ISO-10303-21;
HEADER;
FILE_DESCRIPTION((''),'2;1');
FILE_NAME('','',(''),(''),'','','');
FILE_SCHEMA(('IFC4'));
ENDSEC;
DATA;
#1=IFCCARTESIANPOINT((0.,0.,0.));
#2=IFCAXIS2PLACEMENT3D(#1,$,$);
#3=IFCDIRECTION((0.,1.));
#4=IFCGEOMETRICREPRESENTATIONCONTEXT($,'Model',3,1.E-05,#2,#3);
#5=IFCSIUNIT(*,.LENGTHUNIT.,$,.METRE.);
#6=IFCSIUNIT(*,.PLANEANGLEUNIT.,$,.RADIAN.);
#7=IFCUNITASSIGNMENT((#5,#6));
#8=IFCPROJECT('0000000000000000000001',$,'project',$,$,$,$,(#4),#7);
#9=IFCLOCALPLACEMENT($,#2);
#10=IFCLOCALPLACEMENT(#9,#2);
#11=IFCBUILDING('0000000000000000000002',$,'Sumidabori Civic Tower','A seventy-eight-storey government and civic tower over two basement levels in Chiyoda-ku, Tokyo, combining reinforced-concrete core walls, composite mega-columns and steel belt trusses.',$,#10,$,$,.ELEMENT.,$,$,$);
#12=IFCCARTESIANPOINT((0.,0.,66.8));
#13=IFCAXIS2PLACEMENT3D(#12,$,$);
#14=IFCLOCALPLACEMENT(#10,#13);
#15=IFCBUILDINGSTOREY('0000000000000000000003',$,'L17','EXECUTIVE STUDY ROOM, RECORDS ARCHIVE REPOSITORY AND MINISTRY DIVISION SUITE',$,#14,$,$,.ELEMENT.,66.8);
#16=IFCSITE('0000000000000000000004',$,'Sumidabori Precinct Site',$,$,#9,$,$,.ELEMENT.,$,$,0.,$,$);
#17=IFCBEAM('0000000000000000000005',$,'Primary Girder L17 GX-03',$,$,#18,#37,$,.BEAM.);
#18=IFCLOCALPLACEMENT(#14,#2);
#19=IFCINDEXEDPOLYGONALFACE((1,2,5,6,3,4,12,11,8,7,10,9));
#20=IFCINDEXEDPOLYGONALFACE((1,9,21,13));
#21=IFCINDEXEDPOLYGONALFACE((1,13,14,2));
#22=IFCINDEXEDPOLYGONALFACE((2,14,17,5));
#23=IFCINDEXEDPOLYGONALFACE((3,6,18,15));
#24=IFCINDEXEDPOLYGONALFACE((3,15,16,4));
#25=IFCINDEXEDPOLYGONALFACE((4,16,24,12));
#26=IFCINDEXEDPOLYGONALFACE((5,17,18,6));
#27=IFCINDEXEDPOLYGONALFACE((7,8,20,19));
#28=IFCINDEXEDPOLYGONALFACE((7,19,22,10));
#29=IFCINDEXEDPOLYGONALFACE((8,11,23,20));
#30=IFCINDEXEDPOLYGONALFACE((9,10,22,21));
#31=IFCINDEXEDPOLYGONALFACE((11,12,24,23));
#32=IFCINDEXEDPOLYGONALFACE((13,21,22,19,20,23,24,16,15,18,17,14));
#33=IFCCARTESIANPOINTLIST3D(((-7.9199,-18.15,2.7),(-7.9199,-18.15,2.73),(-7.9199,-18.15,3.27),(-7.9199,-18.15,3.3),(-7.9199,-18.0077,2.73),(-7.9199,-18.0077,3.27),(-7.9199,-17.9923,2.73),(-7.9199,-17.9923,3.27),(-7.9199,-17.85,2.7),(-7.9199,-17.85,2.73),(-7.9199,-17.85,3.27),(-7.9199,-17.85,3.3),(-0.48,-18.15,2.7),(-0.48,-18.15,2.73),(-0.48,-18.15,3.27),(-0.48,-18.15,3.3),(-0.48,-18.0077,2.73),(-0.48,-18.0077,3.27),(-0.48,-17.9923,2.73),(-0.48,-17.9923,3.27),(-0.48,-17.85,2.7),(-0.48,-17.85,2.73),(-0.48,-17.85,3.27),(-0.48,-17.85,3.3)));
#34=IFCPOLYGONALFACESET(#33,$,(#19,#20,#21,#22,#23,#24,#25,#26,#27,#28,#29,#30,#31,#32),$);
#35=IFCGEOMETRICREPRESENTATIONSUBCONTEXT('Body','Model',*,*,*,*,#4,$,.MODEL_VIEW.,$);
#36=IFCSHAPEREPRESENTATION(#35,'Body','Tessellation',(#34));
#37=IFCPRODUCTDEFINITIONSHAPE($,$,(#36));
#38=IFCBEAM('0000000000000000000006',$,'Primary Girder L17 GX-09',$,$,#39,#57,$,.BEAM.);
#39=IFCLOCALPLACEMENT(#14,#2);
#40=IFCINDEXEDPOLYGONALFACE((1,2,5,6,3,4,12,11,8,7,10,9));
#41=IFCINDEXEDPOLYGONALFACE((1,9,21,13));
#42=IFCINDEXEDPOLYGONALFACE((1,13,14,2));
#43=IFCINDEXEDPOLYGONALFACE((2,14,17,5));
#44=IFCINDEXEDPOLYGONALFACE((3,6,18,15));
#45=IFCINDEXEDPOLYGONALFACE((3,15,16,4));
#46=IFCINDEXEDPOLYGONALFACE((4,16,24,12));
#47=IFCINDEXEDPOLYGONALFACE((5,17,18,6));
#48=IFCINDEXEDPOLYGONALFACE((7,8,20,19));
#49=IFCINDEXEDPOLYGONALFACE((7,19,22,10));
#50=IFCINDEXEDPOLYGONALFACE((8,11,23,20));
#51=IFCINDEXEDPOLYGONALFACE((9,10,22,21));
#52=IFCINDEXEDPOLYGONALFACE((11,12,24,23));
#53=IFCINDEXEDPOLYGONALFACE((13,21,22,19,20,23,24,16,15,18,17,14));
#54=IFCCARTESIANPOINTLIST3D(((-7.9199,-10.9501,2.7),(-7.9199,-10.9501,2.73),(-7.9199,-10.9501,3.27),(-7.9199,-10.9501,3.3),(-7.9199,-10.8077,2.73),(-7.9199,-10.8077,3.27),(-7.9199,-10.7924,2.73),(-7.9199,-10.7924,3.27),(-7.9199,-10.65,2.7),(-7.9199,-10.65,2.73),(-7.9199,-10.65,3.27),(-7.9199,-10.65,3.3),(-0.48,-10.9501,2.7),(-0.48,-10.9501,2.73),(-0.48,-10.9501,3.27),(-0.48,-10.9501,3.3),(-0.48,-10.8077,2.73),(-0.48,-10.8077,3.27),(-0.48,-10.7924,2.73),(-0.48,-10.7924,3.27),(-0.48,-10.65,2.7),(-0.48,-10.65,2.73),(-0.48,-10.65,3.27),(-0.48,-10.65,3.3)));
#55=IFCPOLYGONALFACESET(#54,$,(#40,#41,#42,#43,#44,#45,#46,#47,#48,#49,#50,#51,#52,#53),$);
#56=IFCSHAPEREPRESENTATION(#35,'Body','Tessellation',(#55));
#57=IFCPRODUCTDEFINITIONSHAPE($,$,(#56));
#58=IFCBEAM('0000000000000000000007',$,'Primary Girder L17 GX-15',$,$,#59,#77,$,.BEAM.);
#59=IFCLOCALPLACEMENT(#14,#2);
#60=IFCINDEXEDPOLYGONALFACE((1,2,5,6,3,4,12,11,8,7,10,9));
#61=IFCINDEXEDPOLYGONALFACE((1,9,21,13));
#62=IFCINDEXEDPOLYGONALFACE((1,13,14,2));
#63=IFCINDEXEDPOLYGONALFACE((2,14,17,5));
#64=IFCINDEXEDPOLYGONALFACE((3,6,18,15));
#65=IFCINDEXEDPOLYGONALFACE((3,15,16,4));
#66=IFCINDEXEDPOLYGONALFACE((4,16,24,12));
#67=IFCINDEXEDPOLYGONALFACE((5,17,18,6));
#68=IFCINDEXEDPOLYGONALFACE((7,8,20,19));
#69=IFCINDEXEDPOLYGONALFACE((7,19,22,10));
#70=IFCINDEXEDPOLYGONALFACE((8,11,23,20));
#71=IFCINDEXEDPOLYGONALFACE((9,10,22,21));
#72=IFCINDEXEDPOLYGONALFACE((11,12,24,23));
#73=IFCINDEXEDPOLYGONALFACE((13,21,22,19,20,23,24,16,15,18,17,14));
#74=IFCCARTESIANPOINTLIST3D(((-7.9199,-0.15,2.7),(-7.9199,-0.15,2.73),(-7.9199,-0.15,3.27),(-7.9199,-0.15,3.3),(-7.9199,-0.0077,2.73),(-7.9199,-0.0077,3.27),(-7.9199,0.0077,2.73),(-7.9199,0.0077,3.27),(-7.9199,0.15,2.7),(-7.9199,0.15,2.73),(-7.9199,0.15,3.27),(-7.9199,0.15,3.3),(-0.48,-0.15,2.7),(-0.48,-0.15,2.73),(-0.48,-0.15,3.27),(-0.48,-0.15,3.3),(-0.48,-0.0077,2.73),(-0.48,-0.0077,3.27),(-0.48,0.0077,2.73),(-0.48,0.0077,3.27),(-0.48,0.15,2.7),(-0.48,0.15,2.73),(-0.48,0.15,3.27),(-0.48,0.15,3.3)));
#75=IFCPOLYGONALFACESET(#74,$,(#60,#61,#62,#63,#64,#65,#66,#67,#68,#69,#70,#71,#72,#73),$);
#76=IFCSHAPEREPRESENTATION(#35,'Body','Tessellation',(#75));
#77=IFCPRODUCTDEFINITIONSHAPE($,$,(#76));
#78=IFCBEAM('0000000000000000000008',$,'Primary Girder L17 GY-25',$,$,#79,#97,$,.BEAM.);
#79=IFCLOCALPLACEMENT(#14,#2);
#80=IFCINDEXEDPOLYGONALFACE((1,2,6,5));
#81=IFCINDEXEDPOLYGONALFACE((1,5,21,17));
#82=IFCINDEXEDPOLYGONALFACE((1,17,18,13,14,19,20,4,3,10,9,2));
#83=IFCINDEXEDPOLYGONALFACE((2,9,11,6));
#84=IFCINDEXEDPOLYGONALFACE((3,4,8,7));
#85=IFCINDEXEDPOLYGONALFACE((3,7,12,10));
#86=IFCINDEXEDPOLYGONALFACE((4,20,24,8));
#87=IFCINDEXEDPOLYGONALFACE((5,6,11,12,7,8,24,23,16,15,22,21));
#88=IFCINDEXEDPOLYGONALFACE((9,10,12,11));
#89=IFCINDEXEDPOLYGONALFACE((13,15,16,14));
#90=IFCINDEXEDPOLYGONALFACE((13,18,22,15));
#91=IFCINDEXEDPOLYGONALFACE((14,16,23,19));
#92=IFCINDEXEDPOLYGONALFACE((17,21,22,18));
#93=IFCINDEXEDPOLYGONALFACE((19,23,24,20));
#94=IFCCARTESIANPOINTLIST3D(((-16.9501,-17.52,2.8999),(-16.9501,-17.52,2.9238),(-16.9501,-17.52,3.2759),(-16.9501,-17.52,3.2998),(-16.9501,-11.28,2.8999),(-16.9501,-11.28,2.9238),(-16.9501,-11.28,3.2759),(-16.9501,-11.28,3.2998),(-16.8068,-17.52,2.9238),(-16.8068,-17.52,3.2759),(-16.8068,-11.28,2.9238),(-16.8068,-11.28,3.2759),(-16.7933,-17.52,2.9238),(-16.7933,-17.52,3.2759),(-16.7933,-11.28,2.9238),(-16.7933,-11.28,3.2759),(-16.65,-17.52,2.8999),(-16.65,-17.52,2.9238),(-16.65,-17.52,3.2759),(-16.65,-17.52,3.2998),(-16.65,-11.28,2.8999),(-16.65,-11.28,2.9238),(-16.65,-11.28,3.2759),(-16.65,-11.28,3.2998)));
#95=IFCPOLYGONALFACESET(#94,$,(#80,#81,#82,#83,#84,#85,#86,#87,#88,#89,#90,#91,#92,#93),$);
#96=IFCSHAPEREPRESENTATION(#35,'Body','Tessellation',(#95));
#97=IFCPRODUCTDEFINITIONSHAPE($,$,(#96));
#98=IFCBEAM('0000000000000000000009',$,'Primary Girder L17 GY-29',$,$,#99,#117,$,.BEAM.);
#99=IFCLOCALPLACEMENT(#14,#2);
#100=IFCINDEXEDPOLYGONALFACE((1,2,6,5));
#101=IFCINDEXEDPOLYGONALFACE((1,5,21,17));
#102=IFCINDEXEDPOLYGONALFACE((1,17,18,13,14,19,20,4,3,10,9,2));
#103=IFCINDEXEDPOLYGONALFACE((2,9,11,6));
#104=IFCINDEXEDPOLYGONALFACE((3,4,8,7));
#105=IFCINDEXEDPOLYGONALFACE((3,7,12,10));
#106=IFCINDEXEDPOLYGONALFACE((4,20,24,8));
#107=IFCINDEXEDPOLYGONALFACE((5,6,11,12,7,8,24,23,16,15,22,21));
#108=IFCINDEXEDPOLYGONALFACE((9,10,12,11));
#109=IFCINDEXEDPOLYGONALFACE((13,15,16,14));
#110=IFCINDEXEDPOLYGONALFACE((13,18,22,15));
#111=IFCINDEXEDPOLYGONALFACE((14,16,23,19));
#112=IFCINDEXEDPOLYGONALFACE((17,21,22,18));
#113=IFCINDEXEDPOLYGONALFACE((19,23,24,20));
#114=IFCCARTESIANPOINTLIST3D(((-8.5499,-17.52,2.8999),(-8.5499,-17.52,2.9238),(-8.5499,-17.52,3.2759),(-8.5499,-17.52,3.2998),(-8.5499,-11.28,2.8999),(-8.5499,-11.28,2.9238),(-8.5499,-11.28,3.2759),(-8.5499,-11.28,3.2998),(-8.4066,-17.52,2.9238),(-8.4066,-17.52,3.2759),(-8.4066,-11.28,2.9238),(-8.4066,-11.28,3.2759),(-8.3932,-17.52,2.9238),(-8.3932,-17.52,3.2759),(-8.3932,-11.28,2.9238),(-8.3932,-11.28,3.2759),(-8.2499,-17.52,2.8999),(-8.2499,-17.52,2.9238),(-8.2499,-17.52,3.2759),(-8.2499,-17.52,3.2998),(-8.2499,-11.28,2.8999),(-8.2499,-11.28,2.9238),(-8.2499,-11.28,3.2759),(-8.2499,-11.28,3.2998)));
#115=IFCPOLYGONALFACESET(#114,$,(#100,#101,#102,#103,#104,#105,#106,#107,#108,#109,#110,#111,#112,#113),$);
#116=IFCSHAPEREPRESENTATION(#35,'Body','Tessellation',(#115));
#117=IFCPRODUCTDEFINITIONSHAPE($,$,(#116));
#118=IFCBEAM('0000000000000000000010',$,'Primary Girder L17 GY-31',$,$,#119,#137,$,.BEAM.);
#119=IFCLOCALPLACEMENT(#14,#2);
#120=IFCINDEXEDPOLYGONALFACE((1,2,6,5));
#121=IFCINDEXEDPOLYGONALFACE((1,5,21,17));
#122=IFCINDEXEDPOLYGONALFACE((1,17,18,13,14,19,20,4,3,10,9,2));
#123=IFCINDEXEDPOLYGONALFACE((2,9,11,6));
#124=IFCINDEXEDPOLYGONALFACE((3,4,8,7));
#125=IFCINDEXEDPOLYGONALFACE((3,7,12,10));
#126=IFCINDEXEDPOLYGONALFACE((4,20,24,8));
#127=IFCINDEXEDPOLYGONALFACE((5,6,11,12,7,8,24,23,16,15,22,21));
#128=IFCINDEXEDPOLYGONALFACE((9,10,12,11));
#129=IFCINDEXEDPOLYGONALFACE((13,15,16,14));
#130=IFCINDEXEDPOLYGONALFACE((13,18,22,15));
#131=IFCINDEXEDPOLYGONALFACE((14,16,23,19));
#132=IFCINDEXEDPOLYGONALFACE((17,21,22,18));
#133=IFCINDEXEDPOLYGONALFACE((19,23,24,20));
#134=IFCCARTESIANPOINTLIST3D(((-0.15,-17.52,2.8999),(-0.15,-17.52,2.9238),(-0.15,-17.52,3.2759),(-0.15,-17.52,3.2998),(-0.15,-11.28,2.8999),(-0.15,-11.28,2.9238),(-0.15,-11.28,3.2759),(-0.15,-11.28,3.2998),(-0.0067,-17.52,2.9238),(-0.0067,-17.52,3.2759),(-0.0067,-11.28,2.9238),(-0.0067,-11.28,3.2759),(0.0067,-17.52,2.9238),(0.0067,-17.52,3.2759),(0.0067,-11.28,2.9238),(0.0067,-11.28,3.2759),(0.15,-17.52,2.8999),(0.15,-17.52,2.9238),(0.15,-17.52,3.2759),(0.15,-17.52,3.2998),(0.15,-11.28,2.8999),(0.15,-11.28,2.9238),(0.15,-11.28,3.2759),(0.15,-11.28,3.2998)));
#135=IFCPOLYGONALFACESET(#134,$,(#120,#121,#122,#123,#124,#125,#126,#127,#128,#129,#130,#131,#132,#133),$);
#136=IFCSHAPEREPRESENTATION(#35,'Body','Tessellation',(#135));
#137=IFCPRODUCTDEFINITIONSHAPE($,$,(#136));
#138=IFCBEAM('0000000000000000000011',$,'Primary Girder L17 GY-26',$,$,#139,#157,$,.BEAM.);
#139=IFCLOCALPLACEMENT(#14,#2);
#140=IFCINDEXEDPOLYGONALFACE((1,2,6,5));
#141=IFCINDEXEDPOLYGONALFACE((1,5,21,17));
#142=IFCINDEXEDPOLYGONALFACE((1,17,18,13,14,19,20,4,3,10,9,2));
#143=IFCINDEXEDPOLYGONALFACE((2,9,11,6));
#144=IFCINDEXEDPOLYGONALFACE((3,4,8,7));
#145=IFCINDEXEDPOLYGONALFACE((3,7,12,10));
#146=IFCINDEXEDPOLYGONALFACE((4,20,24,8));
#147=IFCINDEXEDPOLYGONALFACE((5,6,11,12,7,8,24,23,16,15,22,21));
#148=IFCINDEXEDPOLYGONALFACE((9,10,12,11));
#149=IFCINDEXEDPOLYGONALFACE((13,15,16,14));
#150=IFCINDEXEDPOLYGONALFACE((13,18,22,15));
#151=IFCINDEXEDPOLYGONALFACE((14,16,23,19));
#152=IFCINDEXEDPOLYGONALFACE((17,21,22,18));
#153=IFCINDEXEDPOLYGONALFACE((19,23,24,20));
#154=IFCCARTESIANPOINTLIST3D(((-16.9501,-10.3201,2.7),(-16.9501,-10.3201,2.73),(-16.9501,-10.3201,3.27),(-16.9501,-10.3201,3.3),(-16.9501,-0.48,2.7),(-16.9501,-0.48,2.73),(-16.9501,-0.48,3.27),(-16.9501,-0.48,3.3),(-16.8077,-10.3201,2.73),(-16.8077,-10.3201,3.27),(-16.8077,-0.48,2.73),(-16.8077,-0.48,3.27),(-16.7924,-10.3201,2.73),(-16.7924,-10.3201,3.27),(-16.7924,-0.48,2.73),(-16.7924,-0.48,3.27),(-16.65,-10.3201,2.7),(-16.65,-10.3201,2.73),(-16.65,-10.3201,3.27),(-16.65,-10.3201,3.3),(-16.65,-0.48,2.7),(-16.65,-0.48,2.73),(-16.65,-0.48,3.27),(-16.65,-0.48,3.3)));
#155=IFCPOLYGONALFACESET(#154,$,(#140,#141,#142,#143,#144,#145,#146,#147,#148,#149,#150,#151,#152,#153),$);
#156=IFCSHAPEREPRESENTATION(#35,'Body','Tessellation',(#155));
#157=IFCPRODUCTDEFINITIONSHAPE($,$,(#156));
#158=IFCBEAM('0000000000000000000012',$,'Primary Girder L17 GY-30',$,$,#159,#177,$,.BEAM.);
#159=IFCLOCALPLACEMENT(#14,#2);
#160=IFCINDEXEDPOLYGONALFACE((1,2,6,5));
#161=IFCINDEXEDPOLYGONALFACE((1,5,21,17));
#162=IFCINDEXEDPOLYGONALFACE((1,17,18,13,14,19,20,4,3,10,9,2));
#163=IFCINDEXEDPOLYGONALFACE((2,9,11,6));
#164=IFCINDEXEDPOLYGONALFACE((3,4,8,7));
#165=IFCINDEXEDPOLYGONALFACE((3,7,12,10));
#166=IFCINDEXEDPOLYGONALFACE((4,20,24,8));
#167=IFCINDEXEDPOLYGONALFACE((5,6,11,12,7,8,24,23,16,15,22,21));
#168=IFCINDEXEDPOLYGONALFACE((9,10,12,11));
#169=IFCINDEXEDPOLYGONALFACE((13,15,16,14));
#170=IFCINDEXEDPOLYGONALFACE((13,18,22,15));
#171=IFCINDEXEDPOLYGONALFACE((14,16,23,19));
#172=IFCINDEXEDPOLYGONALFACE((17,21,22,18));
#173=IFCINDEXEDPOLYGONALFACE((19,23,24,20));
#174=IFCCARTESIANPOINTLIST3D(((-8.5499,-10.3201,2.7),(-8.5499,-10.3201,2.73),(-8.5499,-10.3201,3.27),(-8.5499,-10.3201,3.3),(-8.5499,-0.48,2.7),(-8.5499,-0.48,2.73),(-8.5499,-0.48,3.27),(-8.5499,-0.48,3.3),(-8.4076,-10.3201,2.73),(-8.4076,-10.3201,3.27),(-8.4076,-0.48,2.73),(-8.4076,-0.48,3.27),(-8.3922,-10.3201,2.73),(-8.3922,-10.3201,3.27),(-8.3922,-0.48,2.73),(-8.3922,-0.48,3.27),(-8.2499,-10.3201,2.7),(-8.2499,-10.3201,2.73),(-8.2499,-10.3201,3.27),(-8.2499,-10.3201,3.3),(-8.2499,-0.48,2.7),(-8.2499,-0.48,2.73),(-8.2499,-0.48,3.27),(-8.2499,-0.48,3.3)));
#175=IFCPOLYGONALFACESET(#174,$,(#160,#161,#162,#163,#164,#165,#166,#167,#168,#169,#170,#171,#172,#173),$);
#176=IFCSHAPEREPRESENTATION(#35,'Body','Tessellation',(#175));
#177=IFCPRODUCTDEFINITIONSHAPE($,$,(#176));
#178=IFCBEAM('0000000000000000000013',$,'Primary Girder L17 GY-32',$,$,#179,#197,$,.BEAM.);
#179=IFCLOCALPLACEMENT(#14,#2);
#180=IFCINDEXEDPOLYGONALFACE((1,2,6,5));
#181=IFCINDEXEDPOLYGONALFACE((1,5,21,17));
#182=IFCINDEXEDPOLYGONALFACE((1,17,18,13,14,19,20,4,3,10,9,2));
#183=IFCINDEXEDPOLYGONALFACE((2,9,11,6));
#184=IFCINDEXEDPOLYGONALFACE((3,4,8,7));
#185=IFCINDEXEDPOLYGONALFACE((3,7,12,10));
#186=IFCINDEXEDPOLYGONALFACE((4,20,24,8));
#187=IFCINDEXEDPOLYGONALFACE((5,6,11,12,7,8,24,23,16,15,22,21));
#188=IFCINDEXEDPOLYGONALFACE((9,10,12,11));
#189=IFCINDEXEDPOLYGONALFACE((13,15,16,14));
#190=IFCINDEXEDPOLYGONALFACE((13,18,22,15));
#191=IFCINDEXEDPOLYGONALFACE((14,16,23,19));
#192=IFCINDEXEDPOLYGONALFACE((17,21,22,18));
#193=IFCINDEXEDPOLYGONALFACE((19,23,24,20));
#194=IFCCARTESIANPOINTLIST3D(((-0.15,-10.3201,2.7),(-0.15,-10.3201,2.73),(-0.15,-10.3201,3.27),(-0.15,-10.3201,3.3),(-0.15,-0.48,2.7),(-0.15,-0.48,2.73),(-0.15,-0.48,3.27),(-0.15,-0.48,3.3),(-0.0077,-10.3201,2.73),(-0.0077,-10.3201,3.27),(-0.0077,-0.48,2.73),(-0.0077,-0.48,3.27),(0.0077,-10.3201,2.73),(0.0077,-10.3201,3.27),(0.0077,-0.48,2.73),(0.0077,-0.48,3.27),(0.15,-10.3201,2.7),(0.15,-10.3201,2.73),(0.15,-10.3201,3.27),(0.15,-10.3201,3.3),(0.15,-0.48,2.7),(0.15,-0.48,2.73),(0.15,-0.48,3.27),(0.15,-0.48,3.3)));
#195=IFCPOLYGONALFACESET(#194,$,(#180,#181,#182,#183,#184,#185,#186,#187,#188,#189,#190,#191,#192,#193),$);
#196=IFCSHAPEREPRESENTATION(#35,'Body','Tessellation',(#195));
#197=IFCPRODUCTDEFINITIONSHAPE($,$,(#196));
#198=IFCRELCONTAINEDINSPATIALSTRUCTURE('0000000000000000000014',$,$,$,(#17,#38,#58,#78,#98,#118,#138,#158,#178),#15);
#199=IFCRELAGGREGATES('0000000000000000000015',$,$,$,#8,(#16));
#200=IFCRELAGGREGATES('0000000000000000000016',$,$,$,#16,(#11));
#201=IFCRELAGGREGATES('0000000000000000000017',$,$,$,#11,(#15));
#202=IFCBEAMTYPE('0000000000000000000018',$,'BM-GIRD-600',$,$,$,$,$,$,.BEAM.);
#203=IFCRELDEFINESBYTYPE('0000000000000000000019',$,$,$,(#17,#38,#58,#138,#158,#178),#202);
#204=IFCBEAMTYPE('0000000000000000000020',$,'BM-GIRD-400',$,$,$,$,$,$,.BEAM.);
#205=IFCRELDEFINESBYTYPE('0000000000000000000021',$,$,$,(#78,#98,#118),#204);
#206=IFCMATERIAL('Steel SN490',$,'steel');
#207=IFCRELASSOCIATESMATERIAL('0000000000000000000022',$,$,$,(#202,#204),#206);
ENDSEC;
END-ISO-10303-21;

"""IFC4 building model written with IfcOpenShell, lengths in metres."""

from ifc_helpers import new_model, si_unit, direction, frame, origin, origin_2d, place, context, subcontext, project, spatial, i_section, extrude, source, transform, mapped, material, material_profile, profile_set, type_object, element, save


model = new_model("IFC4")

# Units and contexts
model_context = context("Model", 3, precision=1e-05, world=origin(), true_north=direction((0.0, 1.0)))
body_context = subcontext(model_context, "Body", "Model", "MODEL_VIEW")
ifc_project = project(units=[si_unit("LENGTHUNIT", "METRE"), si_unit("PLANEANGLEUNIT", "RADIAN")], contexts=[model_context])

# Site, building, storey
site_placement = place(None, origin())
site = spatial("IfcSite", under=ifc_project, at=site_placement, Name="Sumidabori Precinct Site", CompositionType="ELEMENT", RefElevation=0.0)
building_placement = place(site_placement, origin())
building = spatial("IfcBuilding", under=site, at=building_placement, Name="Sumidabori Civic Tower", Description="A seventy-eight-storey government and civic tower over two basement levels in Chiyoda-ku, Tokyo, combining reinforced-concrete core walls, composite mega-columns and steel belt trusses.", CompositionType="ELEMENT")
storey_placement = place(building_placement, frame((0.0, 0.0, 66.8)))
storey = spatial("IfcBuildingStorey", under=building, at=storey_placement, Name="L17", Description="EXECUTIVE STUDY ROOM, RECORDS ARCHIVE REPOSITORY AND MINISTRY DIVISION SUITE", CompositionType="ELEMENT", Elevation=66.8)

# Beams
ifc_material_1 = material(Name="Steel SN490", Category="steel")
ifc_material_profile_1 = material_profile(ifc_material_1, i_section(OverallWidth=0.3, OverallDepth=0.6001, WebThickness=0.0154, FlangeThickness=0.03, at=origin_2d()), Name="HE 600 B")
ifc_profile_set_1 = profile_set([ifc_material_profile_1], Name="Steel SN490")
beam_type_1 = type_object("IfcBeamType", Name="BM-GIRD-600", PredefinedType="BEAM", material=ifc_profile_set_1)
shared_shape_1 = source(origin(), body_context, "Body", "SweptSolid", [
    extrude(i_section(OverallWidth=0.3, OverallDepth=0.6001, WebThickness=0.0154, FlangeThickness=0.03, at=origin_2d()), origin(), (0.0, 0.0, 1.0), 7.4399),
])
for number, where, z_axis, x_axis, name in (
    (1, (-7.9199, -18.0, 3.0), (1.0, 0.0, 0.0), (0.0, 1.0, 0.0), "Primary Girder L17 GX-03"),
    (2, (-7.9199, -10.8, 3.0), (1.0, 0.0, 0.0), (0.0, 1.0, 0.0), "Primary Girder L17 GX-09"),
    (3, (-7.9199, 0.0, 3.0), (1.0, 0.0, 0.0), (0.0, 1.0, 0.0), "Primary Girder L17 GX-15"),
):
    element("IfcBeam", number, at=place(storey_placement, frame(where, z_axis=z_axis, x_axis=x_axis)), inside=storey, type_object=beam_type_1, Name=name, PredefinedType="BEAM", context=body_context, shape_type="MappedRepresentation", body=[
        mapped(shared_shape_1, transform((0.0, 0.0, 0.0), x_axis=(1.0, 0.0, 0.0), y_axis=(0.0, 1.0, 0.0), z_axis=(0.0, 0.0, 1.0), scale=1.0)),
    ])
ifc_material_profile_2 = material_profile(ifc_material_1, i_section(OverallWidth=0.3, OverallDepth=0.3999, WebThickness=0.0134, FlangeThickness=0.0239, at=origin_2d()), Name="HE 400 B")
ifc_profile_set_2 = profile_set([ifc_material_profile_2], Name="Steel SN490")
beam_type_2 = type_object("IfcBeamType", Name="BM-GIRD-400", PredefinedType="BEAM", material=ifc_profile_set_2)
shared_shape_2 = source(origin(), body_context, "Body", "SweptSolid", [
    extrude(i_section(OverallWidth=0.3, OverallDepth=0.3999, WebThickness=0.0134, FlangeThickness=0.0239, at=origin_2d()), origin(), (0.0, 0.0, 1.0), 6.24),
])
for number, where, z_axis, x_axis, name in (
    (4, (-16.8, -17.52, 3.0999), (0.0, 1.0, 0.0), (-1.0, 0.0, 0.0), "Primary Girder L17 GY-25"),
    (5, (-8.3999, -17.52, 3.0999), (0.0, 1.0, 0.0), (-1.0, 0.0, 0.0), "Primary Girder L17 GY-29"),
    (6, (0.0, -17.52, 3.0999), (0.0, 1.0, 0.0), (-1.0, 0.0, 0.0), "Primary Girder L17 GY-31"),
):
    element("IfcBeam", number, at=place(storey_placement, frame(where, z_axis=z_axis, x_axis=x_axis)), inside=storey, type_object=beam_type_2, Name=name, PredefinedType="BEAM", context=body_context, shape_type="MappedRepresentation", body=[
        mapped(shared_shape_2, transform((0.0, 0.0, 0.0), x_axis=(1.0, 0.0, 0.0), y_axis=(0.0, 1.0, 0.0), z_axis=(0.0, 0.0, 1.0), scale=1.0)),
    ])
shared_shape_3 = source(origin(), body_context, "Body", "SweptSolid", [
    extrude(i_section(OverallWidth=0.3, OverallDepth=0.6001, WebThickness=0.0154, FlangeThickness=0.03, at=origin_2d()), origin(), (0.0, 0.0, 1.0), 9.8401),
])
for number, where, z_axis, x_axis, name in (
    (7, (-16.8, -10.3201, 3.0), (0.0, 1.0, 0.0), (-1.0, 0.0, 0.0), "Primary Girder L17 GY-26"),
    (8, (-8.3999, -10.3201, 3.0), (0.0, 1.0, 0.0), (-1.0, 0.0, 0.0), "Primary Girder L17 GY-30"),
    (9, (0.0, -10.3201, 3.0), (0.0, 1.0, 0.0), (-1.0, 0.0, 0.0), "Primary Girder L17 GY-32"),
):
    element("IfcBeam", number, at=place(storey_placement, frame(where, z_axis=z_axis, x_axis=x_axis)), inside=storey, type_object=beam_type_1, Name=name, PredefinedType="BEAM", context=body_context, shape_type="MappedRepresentation", body=[
        mapped(shared_shape_3, transform((0.0, 0.0, 0.0), x_axis=(1.0, 0.0, 0.0), y_axis=(0.0, 1.0, 0.0), z_axis=(0.0, 0.0, 1.0), scale=1.0)),
    ])

save(model, "model.ifc")
